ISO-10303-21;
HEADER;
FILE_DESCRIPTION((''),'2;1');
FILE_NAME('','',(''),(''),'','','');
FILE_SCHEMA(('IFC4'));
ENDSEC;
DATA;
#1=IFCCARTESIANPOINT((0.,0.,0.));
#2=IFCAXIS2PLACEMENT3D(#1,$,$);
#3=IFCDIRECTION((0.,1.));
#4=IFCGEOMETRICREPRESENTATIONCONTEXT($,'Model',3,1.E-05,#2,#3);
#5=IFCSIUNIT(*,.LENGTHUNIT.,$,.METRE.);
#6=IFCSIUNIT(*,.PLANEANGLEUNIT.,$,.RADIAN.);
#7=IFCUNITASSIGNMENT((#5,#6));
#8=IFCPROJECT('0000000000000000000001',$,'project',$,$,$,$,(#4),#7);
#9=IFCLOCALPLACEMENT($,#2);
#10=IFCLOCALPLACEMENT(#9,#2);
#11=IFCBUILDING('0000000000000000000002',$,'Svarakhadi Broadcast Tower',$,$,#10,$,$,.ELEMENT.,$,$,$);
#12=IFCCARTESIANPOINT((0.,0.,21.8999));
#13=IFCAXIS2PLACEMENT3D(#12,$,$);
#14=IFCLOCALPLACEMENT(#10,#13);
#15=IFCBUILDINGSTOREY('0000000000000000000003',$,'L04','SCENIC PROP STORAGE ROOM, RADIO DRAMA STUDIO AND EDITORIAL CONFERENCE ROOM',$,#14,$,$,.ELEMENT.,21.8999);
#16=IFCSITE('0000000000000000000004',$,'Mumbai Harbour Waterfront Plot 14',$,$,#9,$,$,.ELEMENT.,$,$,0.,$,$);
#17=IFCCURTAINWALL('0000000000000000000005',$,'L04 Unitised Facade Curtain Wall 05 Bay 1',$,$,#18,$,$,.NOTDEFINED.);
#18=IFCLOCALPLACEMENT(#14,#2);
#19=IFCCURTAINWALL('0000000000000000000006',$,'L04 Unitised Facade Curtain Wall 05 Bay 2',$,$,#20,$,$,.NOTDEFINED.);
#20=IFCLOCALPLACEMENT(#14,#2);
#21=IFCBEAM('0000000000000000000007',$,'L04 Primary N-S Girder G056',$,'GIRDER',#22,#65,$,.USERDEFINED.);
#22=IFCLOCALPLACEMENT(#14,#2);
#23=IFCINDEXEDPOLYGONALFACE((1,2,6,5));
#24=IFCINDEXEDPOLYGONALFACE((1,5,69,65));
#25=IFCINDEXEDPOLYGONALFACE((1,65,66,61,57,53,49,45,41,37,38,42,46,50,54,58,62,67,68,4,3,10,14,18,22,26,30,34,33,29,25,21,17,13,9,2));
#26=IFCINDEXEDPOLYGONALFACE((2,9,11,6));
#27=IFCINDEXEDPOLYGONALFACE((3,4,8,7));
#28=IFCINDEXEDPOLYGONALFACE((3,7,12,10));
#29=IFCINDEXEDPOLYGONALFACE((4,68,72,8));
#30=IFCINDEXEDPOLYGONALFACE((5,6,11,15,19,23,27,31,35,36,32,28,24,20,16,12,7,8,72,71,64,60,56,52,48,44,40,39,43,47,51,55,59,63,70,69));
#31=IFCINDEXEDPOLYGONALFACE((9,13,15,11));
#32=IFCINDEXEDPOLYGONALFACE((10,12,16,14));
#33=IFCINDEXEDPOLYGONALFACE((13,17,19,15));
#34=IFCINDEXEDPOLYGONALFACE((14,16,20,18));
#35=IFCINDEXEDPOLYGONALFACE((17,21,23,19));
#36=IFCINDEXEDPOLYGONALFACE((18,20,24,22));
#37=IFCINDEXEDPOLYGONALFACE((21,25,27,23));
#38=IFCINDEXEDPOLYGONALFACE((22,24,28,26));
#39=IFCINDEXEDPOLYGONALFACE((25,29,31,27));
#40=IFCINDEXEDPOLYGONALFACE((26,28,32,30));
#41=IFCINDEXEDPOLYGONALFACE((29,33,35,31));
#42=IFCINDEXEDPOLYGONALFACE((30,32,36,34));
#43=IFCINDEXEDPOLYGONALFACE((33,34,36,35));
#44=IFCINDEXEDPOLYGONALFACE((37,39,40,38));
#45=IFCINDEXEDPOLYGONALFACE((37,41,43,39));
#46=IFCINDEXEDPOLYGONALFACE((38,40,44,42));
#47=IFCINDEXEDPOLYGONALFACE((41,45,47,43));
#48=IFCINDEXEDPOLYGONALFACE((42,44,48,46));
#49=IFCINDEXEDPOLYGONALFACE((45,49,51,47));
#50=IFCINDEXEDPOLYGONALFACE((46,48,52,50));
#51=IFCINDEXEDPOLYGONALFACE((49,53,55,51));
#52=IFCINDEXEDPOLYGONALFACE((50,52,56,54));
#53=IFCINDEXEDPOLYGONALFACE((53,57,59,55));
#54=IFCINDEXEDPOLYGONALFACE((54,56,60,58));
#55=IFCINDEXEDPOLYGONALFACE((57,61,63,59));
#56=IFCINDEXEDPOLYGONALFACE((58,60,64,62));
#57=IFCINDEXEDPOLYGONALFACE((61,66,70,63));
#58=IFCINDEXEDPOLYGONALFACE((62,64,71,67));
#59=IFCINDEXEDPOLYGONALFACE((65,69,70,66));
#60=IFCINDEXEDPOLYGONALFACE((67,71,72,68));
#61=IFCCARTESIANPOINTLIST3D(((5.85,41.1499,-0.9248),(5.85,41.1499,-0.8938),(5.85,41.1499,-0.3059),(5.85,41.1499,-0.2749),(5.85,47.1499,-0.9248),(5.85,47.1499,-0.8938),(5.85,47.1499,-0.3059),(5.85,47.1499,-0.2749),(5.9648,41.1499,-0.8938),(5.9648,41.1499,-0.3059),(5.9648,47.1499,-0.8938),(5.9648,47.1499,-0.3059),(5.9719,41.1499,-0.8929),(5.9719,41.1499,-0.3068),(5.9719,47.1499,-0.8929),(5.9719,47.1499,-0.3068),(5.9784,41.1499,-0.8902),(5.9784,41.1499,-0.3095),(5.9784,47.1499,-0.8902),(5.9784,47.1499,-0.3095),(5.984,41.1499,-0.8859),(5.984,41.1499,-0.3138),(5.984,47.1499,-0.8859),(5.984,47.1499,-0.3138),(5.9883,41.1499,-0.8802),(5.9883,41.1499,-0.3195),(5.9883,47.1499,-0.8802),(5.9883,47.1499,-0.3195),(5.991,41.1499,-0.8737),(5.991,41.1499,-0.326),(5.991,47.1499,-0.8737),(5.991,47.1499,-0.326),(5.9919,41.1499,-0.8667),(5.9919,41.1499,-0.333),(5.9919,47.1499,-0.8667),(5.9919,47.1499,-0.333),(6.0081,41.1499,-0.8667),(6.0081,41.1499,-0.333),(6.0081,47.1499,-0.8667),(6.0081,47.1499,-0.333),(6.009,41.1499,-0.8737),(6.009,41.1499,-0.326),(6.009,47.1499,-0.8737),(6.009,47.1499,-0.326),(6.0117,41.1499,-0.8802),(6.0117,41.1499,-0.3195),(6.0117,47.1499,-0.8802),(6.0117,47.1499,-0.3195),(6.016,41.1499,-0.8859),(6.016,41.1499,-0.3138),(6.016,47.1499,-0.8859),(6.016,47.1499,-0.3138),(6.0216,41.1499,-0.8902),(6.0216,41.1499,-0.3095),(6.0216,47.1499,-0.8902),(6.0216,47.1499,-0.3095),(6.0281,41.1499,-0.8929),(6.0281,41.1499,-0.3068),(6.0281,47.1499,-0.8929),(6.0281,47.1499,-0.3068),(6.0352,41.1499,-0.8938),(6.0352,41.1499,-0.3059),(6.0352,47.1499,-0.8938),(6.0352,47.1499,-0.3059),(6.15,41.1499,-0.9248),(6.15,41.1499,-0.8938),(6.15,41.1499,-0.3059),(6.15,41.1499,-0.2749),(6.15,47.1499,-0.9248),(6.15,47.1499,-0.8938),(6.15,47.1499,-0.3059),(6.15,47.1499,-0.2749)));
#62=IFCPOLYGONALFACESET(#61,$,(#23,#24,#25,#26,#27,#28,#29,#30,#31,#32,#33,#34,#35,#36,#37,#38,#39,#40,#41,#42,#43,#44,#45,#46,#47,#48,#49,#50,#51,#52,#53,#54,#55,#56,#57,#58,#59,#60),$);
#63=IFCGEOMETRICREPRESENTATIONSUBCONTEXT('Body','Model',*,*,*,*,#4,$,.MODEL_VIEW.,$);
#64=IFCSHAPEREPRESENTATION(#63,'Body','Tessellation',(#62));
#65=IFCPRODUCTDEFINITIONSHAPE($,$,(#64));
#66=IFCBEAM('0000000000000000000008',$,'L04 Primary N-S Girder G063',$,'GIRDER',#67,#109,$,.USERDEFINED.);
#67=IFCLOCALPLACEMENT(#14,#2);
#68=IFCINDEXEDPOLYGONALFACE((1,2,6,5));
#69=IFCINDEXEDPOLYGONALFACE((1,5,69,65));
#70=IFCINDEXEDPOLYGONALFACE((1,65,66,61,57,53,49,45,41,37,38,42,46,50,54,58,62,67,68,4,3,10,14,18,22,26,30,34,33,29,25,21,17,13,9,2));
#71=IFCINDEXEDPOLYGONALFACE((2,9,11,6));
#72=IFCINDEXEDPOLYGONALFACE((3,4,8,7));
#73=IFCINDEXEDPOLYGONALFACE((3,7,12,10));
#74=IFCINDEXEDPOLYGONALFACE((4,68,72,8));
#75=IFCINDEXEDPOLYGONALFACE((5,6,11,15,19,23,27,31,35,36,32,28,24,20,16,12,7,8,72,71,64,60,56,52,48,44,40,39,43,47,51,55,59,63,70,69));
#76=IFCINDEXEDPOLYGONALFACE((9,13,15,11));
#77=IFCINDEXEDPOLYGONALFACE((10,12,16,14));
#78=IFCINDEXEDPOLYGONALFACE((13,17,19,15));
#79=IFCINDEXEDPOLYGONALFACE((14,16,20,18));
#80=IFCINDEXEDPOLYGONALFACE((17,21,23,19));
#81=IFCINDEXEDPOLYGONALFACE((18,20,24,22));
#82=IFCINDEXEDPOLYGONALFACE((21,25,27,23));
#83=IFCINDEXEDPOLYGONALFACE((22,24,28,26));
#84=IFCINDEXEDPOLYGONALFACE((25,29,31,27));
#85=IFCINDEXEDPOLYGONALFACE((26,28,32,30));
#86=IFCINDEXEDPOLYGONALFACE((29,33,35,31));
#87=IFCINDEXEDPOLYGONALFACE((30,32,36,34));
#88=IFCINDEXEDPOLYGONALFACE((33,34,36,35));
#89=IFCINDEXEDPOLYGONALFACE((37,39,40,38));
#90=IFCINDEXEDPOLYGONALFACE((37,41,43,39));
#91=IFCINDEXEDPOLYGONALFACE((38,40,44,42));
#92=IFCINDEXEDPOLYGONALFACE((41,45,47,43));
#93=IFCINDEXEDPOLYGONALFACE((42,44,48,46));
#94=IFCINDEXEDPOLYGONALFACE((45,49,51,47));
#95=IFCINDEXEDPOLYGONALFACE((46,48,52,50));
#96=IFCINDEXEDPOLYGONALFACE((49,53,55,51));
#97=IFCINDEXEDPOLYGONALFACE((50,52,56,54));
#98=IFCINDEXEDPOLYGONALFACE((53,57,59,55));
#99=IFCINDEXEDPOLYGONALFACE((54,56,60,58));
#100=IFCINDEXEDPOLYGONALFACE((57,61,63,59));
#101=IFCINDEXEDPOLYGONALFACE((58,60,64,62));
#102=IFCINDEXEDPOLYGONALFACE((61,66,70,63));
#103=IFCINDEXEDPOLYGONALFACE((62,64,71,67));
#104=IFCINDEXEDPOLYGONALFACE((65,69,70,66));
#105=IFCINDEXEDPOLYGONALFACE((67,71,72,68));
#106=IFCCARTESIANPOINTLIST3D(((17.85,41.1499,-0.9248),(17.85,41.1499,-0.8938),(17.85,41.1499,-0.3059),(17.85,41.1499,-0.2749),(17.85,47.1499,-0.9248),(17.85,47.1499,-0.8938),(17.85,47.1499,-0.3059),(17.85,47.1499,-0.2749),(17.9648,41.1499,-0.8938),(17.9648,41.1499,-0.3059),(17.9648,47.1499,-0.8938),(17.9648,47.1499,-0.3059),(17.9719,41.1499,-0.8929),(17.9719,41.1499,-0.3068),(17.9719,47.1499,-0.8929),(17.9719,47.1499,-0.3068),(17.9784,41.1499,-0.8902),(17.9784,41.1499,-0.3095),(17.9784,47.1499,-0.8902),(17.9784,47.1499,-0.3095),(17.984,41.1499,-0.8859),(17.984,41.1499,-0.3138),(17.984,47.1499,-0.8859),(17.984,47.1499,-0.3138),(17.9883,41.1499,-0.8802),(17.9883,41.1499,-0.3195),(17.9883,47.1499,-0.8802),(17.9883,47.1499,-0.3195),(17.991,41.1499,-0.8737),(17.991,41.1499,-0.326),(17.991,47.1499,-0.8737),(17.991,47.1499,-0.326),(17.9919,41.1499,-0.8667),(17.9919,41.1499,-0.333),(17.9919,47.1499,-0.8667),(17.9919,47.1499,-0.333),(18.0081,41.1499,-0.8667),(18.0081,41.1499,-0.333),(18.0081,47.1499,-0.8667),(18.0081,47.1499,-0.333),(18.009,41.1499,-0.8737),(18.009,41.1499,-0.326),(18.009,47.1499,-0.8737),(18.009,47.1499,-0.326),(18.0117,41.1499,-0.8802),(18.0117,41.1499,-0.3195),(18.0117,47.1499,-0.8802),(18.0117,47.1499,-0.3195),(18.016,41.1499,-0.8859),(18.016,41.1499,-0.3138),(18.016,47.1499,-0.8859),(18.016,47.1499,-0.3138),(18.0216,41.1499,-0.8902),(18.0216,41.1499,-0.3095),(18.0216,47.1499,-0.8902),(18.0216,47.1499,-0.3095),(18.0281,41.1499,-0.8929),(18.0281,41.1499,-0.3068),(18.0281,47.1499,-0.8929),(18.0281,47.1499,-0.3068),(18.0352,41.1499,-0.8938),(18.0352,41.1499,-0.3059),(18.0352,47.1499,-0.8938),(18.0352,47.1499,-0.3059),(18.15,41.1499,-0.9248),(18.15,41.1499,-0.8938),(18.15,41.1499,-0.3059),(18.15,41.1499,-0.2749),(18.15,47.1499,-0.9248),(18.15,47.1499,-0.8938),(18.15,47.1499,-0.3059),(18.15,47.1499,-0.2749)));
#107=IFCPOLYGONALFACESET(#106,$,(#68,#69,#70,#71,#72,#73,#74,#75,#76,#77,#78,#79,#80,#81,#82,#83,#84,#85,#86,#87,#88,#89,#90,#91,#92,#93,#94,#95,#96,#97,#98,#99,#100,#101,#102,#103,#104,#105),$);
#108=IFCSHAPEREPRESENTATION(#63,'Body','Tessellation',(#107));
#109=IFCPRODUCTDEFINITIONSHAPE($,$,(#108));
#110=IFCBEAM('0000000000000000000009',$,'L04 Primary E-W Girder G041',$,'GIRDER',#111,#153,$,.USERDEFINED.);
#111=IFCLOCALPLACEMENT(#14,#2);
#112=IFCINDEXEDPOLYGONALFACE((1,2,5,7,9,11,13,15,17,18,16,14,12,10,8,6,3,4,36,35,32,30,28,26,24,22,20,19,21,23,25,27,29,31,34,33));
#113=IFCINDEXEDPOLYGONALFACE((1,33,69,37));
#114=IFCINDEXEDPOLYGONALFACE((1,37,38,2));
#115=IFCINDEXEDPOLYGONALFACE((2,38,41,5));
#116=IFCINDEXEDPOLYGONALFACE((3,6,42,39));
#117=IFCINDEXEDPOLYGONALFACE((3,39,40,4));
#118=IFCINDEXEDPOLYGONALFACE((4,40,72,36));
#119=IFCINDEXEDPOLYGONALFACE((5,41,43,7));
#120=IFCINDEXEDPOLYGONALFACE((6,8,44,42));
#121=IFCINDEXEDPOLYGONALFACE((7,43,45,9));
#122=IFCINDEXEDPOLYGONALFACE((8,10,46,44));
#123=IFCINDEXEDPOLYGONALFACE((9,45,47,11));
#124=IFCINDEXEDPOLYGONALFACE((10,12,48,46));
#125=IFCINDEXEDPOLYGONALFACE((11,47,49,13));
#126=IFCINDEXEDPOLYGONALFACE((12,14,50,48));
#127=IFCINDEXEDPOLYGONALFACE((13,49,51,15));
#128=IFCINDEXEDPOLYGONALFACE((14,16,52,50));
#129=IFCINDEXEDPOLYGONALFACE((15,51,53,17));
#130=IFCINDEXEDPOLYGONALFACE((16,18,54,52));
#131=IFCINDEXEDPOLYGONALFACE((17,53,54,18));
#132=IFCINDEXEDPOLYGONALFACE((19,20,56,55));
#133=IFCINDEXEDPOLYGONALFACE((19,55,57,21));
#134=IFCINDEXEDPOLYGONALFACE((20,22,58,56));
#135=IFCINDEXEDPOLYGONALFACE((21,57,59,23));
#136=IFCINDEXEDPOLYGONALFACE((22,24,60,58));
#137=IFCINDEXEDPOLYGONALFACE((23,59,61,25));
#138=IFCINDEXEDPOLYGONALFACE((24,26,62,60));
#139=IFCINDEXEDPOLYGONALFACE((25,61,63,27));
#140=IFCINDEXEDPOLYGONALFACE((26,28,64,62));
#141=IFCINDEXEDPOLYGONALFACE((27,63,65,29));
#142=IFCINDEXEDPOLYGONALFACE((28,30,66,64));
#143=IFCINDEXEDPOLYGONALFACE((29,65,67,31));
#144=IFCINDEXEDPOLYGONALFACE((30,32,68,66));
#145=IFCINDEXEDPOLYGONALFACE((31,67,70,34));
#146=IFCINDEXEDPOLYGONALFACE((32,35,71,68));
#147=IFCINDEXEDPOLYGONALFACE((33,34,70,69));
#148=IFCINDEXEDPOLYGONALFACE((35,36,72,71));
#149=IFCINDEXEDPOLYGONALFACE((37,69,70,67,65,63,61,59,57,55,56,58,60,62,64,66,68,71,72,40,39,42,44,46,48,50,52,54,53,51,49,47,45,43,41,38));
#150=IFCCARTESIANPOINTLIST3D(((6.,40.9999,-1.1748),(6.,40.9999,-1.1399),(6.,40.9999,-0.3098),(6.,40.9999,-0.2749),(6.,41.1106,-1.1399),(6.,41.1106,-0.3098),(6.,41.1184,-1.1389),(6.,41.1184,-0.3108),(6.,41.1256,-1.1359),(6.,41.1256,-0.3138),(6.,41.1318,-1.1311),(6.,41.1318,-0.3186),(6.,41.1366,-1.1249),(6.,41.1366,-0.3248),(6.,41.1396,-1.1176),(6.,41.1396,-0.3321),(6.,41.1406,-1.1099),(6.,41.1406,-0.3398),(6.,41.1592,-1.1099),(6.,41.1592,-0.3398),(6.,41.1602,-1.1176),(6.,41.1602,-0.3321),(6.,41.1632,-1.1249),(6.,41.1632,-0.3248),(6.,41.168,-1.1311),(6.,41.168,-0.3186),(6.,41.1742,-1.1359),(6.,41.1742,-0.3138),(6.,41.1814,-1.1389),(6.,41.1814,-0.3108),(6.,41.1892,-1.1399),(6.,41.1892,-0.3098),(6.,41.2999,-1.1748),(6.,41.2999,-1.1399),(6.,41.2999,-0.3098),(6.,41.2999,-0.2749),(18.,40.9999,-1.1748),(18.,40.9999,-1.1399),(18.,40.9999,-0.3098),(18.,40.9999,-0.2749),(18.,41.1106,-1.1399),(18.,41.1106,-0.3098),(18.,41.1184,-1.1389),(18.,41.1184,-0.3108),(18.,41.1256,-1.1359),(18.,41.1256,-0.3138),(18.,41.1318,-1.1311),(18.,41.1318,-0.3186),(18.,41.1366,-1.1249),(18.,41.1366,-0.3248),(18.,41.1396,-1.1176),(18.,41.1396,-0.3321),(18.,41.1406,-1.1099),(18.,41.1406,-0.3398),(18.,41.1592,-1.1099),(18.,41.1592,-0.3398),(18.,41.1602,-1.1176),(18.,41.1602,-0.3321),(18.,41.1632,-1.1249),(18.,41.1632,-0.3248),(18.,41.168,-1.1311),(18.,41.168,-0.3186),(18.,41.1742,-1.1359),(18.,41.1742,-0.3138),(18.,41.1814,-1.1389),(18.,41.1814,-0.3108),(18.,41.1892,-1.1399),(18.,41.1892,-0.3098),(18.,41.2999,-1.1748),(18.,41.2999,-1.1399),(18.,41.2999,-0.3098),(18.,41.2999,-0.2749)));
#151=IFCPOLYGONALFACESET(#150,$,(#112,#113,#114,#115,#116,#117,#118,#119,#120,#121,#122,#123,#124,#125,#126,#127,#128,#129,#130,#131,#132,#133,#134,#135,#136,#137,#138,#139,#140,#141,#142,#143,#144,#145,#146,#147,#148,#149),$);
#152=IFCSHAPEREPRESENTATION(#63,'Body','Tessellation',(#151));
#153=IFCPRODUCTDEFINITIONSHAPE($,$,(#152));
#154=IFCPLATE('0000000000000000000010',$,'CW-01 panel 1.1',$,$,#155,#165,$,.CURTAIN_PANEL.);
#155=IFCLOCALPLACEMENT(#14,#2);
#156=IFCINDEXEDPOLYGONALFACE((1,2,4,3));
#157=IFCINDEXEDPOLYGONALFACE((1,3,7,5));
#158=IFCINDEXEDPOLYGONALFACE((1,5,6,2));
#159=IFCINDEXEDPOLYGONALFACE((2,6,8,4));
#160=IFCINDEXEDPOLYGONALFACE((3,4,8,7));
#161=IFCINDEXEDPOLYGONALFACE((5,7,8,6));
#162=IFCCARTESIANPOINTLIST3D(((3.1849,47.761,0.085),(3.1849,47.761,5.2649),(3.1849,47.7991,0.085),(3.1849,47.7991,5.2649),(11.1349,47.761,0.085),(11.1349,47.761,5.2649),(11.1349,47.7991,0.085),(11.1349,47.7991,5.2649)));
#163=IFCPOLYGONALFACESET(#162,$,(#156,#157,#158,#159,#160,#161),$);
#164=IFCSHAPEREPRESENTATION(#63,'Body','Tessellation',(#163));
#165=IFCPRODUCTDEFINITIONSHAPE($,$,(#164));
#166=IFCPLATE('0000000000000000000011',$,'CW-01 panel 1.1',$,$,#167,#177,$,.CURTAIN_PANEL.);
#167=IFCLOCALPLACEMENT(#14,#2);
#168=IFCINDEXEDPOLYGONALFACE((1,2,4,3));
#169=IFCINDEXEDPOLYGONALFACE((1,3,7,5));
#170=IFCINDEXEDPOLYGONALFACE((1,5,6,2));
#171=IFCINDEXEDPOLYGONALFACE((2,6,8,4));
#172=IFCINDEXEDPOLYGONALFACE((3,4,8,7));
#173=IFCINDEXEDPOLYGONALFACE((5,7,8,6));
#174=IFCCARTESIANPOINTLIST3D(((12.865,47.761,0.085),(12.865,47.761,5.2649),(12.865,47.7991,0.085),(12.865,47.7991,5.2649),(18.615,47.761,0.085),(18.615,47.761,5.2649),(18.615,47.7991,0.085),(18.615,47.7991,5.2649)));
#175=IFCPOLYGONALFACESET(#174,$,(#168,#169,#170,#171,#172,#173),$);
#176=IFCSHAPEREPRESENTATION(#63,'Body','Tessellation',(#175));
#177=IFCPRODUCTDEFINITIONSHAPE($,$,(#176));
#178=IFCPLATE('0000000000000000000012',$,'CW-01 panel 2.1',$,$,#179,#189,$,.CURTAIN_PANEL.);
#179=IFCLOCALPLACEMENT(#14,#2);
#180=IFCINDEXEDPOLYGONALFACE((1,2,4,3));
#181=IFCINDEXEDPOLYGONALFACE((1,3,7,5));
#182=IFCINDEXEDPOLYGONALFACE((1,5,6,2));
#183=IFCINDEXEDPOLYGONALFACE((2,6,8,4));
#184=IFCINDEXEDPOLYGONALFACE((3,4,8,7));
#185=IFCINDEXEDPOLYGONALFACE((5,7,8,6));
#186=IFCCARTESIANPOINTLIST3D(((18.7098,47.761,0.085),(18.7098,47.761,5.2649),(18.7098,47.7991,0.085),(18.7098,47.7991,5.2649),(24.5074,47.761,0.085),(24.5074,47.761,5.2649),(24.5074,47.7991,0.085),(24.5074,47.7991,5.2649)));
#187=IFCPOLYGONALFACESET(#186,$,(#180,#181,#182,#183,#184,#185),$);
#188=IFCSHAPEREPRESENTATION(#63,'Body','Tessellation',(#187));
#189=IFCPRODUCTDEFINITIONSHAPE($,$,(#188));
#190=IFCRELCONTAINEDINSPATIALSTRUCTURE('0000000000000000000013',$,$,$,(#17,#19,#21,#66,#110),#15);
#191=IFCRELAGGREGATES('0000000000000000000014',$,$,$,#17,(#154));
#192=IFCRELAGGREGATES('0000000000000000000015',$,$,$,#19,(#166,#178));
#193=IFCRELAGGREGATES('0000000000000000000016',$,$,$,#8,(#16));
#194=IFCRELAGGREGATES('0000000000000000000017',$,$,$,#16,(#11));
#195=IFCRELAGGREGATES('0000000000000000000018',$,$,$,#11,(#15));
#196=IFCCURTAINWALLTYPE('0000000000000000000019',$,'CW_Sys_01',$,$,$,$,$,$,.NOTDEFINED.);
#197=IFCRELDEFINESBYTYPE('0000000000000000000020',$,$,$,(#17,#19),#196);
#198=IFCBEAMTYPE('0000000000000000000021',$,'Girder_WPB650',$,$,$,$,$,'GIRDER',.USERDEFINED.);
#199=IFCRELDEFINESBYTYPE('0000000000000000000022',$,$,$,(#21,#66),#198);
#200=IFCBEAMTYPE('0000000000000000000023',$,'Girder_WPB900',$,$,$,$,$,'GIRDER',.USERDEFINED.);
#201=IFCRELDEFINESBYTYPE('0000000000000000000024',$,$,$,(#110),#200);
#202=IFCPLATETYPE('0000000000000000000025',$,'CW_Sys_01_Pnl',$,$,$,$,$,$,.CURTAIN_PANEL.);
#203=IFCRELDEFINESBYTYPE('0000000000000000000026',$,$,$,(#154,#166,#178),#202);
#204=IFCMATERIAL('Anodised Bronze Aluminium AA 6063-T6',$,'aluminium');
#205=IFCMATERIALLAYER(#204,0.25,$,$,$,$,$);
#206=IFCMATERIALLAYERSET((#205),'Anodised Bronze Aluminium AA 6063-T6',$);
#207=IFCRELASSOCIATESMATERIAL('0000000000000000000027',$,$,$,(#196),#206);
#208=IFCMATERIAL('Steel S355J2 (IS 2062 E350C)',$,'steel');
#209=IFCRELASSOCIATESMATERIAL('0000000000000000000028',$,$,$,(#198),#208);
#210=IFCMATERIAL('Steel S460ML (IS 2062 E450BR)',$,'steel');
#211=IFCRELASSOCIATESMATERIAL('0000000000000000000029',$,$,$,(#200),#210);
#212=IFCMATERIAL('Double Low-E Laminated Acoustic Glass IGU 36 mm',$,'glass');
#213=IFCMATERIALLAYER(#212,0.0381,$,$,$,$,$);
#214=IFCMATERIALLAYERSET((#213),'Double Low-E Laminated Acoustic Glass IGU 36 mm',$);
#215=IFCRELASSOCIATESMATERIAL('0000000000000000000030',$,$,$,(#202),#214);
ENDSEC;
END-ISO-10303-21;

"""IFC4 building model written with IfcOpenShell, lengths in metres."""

from ifc_helpers import new_model, si_unit, direction, frame, origin, origin_2d, place, context, subcontext, project, spatial, rectangle, i_section, extrude, material, layer, layer_set, material_profile, profile_set, type_object, element, aggregate, save


model = new_model("IFC4")

# Units and contexts
model_context = context("Model", 3, precision=1e-05, world=origin(), true_north=direction((0.0, 1.0)))
body_context = subcontext(model_context, "Body", "Model", "MODEL_VIEW")
ifc_project = project(units=[si_unit("LENGTHUNIT", "METRE"), si_unit("PLANEANGLEUNIT", "RADIAN")], contexts=[model_context])

# Site, building, storey
site_placement = place(None, origin())
site = spatial("IfcSite", under=ifc_project, at=site_placement, Name="Mumbai Harbour Waterfront Plot 14", CompositionType="ELEMENT", RefElevation=0.0)
building_placement = place(site_placement, origin())
building = spatial("IfcBuilding", under=site, at=building_placement, Name="Svarakhadi Broadcast Tower", CompositionType="ELEMENT")
storey_placement = place(building_placement, frame((0.0, 0.0, 21.8999)))
storey = spatial("IfcBuildingStorey", under=building, at=storey_placement, Name="L04", Description="SCENIC PROP STORAGE ROOM, RADIO DRAMA STUDIO AND EDITORIAL CONFERENCE ROOM", CompositionType="ELEMENT", Elevation=21.8999)

# Shared definitions
ifc_material_1 = material(Name="Steel S460ML (IS 2062 E450BR)", Category="steel")

# Shared definitions
ifc_material_2 = material(Name="Steel S355J2 (IS 2062 E350C)", Category="steel")

# Curtain wall
ifc_material_3 = material(Name="Anodised Bronze Aluminium AA 6063-T6", Category="aluminium")
ifc_layer_1 = layer(ifc_material_3, 0.25)
ifc_layer_set_1 = layer_set([ifc_layer_1], Name="Anodised Bronze Aluminium AA 6063-T6")
curtain_wall_type = type_object("IfcCurtainWallType", Name="CW_Sys_01", PredefinedType="NOTDEFINED", material=ifc_layer_set_1)
curtain_wall_1_placement = place(storey_placement, origin())
curtain_wall_1 = element("IfcCurtainWall", 1, at=curtain_wall_1_placement, inside=storey, type_object=curtain_wall_type, Name="L04 Unitised Facade Curtain Wall 05 Bay 1", PredefinedType="NOTDEFINED")

# Curtain wall
curtain_wall_2_placement = place(storey_placement, origin())
curtain_wall_2 = element("IfcCurtainWall", 2, at=curtain_wall_2_placement, inside=storey, type_object=curtain_wall_type, Name="L04 Unitised Facade Curtain Wall 05 Bay 2", PredefinedType="NOTDEFINED")

# Beams
ifc_material_profile_1 = material_profile(ifc_material_2, i_section(OverallWidth=0.3, OverallDepth=0.6499, WebThickness=0.0161, FlangeThickness=0.031, FilletRadius=0.0271, at=origin_2d()), Name="WPB 650x300x225")
ifc_profile_set_1 = profile_set([ifc_material_profile_1], Name="Steel S355J2 (IS 2062 E350C)")
beam_type_1 = type_object("IfcBeamType", Name="Girder_WPB650", ElementType="GIRDER", PredefinedType="USERDEFINED", material=ifc_profile_set_1)
for number, where, z_axis, x_axis, name in (
    (3, (6.0, 41.1499, -0.5999), (0.0, 1.0, 0.0), (-1.0, 0.0, 0.0), "L04 Primary N-S Girder G056"),
    (4, (18.0, 41.1499, -0.5999), (0.0, 1.0, 0.0), (-1.0, 0.0, 0.0), "L04 Primary N-S Girder G063"),
):
    element("IfcBeam", number, at=place(storey_placement, frame(where, z_axis=z_axis, x_axis=x_axis)), inside=storey, type_object=beam_type_1, Name=name, ObjectType="GIRDER", PredefinedType="USERDEFINED", context=body_context, shape_type="SweptSolid", body=[
        extrude(i_section(OverallWidth=0.3, OverallDepth=0.6499, WebThickness=0.0161, FlangeThickness=0.031, FilletRadius=0.0271, at=origin_2d()), origin(), (0.0, 0.0, 1.0), 6.0),
    ])
ifc_material_profile_2 = material_profile(ifc_material_1, i_section(OverallWidth=0.3, OverallDepth=0.8999, WebThickness=0.0186, FlangeThickness=0.0349, FilletRadius=0.03, at=origin_2d()), Name="WPB 900x300x291")
ifc_profile_set_2 = profile_set([ifc_material_profile_2], Name="Steel S460ML (IS 2062 E450BR)")
beam_type_2 = type_object("IfcBeamType", Name="Girder_WPB900", ElementType="GIRDER", PredefinedType="USERDEFINED", material=ifc_profile_set_2)
beam_1_placement = place(storey_placement, frame((6.0, 41.1499, -0.7249), z_axis=(1.0, 0.0, 0.0), x_axis=(0.0, 1.0, 0.0)))
element("IfcBeam", 5, at=beam_1_placement, inside=storey, type_object=beam_type_2, Name="L04 Primary E-W Girder G041", ObjectType="GIRDER", PredefinedType="USERDEFINED", context=body_context, shape_type="SweptSolid", body=[
    extrude(i_section(OverallWidth=0.3, OverallDepth=0.8999, WebThickness=0.0186, FlangeThickness=0.0349, FilletRadius=0.03, at=origin_2d()), origin(), (0.0, 0.0, 1.0), 12.0),
])

# Plates
ifc_material_4 = material(Name="Double Low-E Laminated Acoustic Glass IGU 36 mm", Category="glass")
ifc_layer_2 = layer(ifc_material_4, 0.0381)
ifc_layer_set_2 = layer_set([ifc_layer_2], Name="Double Low-E Laminated Acoustic Glass IGU 36 mm")
plate_type = type_object("IfcPlateType", Name="CW_Sys_01_Pnl", PredefinedType="CURTAIN_PANEL", material=ifc_layer_set_2)
plate_1_placement = place(storey_placement, frame((7.1599, 47.78, 0.085), z_axis=(0.0, 0.0, 1.0), x_axis=(1.0, 0.0, 0.0)))
plate_1 = element("IfcPlate", 6, at=plate_1_placement, type_object=plate_type, Name="CW-01 panel 1.1", PredefinedType="CURTAIN_PANEL", context=body_context, shape_type="SweptSolid", body=[
    extrude(rectangle(XDim=7.95, YDim=0.0381, at=origin_2d()), origin(), (0.0, 0.0, 1.0), 5.1799),
])
aggregate(curtain_wall_1, [plate_1])
plate_2_placement = place(storey_placement, frame((15.74, 47.78, 0.085), z_axis=(0.0, 0.0, 1.0), x_axis=(1.0, 0.0, 0.0)))
plate_2 = element("IfcPlate", 7, at=plate_2_placement, type_object=plate_type, Name="CW-01 panel 1.1", PredefinedType="CURTAIN_PANEL", context=body_context, shape_type="SweptSolid", body=[
    extrude(rectangle(XDim=5.75, YDim=0.0381, at=origin_2d()), origin(), (0.0, 0.0, 1.0), 5.1799),
])
plate_3_placement = place(storey_placement, frame((21.6086, 47.78, 0.085), z_axis=(0.0, 0.0, 1.0), x_axis=(1.0, 0.0, 0.0)))
plate_3 = element("IfcPlate", 8, at=plate_3_placement, type_object=plate_type, Name="CW-01 panel 2.1", PredefinedType="CURTAIN_PANEL", context=body_context, shape_type="SweptSolid", body=[
    extrude(rectangle(XDim=5.7976, YDim=0.0381, at=origin_2d()), origin(), (0.0, 0.0, 1.0), 5.1799),
])
aggregate(curtain_wall_2, [plate_2, plate_3])

save(model, "model.ifc")
